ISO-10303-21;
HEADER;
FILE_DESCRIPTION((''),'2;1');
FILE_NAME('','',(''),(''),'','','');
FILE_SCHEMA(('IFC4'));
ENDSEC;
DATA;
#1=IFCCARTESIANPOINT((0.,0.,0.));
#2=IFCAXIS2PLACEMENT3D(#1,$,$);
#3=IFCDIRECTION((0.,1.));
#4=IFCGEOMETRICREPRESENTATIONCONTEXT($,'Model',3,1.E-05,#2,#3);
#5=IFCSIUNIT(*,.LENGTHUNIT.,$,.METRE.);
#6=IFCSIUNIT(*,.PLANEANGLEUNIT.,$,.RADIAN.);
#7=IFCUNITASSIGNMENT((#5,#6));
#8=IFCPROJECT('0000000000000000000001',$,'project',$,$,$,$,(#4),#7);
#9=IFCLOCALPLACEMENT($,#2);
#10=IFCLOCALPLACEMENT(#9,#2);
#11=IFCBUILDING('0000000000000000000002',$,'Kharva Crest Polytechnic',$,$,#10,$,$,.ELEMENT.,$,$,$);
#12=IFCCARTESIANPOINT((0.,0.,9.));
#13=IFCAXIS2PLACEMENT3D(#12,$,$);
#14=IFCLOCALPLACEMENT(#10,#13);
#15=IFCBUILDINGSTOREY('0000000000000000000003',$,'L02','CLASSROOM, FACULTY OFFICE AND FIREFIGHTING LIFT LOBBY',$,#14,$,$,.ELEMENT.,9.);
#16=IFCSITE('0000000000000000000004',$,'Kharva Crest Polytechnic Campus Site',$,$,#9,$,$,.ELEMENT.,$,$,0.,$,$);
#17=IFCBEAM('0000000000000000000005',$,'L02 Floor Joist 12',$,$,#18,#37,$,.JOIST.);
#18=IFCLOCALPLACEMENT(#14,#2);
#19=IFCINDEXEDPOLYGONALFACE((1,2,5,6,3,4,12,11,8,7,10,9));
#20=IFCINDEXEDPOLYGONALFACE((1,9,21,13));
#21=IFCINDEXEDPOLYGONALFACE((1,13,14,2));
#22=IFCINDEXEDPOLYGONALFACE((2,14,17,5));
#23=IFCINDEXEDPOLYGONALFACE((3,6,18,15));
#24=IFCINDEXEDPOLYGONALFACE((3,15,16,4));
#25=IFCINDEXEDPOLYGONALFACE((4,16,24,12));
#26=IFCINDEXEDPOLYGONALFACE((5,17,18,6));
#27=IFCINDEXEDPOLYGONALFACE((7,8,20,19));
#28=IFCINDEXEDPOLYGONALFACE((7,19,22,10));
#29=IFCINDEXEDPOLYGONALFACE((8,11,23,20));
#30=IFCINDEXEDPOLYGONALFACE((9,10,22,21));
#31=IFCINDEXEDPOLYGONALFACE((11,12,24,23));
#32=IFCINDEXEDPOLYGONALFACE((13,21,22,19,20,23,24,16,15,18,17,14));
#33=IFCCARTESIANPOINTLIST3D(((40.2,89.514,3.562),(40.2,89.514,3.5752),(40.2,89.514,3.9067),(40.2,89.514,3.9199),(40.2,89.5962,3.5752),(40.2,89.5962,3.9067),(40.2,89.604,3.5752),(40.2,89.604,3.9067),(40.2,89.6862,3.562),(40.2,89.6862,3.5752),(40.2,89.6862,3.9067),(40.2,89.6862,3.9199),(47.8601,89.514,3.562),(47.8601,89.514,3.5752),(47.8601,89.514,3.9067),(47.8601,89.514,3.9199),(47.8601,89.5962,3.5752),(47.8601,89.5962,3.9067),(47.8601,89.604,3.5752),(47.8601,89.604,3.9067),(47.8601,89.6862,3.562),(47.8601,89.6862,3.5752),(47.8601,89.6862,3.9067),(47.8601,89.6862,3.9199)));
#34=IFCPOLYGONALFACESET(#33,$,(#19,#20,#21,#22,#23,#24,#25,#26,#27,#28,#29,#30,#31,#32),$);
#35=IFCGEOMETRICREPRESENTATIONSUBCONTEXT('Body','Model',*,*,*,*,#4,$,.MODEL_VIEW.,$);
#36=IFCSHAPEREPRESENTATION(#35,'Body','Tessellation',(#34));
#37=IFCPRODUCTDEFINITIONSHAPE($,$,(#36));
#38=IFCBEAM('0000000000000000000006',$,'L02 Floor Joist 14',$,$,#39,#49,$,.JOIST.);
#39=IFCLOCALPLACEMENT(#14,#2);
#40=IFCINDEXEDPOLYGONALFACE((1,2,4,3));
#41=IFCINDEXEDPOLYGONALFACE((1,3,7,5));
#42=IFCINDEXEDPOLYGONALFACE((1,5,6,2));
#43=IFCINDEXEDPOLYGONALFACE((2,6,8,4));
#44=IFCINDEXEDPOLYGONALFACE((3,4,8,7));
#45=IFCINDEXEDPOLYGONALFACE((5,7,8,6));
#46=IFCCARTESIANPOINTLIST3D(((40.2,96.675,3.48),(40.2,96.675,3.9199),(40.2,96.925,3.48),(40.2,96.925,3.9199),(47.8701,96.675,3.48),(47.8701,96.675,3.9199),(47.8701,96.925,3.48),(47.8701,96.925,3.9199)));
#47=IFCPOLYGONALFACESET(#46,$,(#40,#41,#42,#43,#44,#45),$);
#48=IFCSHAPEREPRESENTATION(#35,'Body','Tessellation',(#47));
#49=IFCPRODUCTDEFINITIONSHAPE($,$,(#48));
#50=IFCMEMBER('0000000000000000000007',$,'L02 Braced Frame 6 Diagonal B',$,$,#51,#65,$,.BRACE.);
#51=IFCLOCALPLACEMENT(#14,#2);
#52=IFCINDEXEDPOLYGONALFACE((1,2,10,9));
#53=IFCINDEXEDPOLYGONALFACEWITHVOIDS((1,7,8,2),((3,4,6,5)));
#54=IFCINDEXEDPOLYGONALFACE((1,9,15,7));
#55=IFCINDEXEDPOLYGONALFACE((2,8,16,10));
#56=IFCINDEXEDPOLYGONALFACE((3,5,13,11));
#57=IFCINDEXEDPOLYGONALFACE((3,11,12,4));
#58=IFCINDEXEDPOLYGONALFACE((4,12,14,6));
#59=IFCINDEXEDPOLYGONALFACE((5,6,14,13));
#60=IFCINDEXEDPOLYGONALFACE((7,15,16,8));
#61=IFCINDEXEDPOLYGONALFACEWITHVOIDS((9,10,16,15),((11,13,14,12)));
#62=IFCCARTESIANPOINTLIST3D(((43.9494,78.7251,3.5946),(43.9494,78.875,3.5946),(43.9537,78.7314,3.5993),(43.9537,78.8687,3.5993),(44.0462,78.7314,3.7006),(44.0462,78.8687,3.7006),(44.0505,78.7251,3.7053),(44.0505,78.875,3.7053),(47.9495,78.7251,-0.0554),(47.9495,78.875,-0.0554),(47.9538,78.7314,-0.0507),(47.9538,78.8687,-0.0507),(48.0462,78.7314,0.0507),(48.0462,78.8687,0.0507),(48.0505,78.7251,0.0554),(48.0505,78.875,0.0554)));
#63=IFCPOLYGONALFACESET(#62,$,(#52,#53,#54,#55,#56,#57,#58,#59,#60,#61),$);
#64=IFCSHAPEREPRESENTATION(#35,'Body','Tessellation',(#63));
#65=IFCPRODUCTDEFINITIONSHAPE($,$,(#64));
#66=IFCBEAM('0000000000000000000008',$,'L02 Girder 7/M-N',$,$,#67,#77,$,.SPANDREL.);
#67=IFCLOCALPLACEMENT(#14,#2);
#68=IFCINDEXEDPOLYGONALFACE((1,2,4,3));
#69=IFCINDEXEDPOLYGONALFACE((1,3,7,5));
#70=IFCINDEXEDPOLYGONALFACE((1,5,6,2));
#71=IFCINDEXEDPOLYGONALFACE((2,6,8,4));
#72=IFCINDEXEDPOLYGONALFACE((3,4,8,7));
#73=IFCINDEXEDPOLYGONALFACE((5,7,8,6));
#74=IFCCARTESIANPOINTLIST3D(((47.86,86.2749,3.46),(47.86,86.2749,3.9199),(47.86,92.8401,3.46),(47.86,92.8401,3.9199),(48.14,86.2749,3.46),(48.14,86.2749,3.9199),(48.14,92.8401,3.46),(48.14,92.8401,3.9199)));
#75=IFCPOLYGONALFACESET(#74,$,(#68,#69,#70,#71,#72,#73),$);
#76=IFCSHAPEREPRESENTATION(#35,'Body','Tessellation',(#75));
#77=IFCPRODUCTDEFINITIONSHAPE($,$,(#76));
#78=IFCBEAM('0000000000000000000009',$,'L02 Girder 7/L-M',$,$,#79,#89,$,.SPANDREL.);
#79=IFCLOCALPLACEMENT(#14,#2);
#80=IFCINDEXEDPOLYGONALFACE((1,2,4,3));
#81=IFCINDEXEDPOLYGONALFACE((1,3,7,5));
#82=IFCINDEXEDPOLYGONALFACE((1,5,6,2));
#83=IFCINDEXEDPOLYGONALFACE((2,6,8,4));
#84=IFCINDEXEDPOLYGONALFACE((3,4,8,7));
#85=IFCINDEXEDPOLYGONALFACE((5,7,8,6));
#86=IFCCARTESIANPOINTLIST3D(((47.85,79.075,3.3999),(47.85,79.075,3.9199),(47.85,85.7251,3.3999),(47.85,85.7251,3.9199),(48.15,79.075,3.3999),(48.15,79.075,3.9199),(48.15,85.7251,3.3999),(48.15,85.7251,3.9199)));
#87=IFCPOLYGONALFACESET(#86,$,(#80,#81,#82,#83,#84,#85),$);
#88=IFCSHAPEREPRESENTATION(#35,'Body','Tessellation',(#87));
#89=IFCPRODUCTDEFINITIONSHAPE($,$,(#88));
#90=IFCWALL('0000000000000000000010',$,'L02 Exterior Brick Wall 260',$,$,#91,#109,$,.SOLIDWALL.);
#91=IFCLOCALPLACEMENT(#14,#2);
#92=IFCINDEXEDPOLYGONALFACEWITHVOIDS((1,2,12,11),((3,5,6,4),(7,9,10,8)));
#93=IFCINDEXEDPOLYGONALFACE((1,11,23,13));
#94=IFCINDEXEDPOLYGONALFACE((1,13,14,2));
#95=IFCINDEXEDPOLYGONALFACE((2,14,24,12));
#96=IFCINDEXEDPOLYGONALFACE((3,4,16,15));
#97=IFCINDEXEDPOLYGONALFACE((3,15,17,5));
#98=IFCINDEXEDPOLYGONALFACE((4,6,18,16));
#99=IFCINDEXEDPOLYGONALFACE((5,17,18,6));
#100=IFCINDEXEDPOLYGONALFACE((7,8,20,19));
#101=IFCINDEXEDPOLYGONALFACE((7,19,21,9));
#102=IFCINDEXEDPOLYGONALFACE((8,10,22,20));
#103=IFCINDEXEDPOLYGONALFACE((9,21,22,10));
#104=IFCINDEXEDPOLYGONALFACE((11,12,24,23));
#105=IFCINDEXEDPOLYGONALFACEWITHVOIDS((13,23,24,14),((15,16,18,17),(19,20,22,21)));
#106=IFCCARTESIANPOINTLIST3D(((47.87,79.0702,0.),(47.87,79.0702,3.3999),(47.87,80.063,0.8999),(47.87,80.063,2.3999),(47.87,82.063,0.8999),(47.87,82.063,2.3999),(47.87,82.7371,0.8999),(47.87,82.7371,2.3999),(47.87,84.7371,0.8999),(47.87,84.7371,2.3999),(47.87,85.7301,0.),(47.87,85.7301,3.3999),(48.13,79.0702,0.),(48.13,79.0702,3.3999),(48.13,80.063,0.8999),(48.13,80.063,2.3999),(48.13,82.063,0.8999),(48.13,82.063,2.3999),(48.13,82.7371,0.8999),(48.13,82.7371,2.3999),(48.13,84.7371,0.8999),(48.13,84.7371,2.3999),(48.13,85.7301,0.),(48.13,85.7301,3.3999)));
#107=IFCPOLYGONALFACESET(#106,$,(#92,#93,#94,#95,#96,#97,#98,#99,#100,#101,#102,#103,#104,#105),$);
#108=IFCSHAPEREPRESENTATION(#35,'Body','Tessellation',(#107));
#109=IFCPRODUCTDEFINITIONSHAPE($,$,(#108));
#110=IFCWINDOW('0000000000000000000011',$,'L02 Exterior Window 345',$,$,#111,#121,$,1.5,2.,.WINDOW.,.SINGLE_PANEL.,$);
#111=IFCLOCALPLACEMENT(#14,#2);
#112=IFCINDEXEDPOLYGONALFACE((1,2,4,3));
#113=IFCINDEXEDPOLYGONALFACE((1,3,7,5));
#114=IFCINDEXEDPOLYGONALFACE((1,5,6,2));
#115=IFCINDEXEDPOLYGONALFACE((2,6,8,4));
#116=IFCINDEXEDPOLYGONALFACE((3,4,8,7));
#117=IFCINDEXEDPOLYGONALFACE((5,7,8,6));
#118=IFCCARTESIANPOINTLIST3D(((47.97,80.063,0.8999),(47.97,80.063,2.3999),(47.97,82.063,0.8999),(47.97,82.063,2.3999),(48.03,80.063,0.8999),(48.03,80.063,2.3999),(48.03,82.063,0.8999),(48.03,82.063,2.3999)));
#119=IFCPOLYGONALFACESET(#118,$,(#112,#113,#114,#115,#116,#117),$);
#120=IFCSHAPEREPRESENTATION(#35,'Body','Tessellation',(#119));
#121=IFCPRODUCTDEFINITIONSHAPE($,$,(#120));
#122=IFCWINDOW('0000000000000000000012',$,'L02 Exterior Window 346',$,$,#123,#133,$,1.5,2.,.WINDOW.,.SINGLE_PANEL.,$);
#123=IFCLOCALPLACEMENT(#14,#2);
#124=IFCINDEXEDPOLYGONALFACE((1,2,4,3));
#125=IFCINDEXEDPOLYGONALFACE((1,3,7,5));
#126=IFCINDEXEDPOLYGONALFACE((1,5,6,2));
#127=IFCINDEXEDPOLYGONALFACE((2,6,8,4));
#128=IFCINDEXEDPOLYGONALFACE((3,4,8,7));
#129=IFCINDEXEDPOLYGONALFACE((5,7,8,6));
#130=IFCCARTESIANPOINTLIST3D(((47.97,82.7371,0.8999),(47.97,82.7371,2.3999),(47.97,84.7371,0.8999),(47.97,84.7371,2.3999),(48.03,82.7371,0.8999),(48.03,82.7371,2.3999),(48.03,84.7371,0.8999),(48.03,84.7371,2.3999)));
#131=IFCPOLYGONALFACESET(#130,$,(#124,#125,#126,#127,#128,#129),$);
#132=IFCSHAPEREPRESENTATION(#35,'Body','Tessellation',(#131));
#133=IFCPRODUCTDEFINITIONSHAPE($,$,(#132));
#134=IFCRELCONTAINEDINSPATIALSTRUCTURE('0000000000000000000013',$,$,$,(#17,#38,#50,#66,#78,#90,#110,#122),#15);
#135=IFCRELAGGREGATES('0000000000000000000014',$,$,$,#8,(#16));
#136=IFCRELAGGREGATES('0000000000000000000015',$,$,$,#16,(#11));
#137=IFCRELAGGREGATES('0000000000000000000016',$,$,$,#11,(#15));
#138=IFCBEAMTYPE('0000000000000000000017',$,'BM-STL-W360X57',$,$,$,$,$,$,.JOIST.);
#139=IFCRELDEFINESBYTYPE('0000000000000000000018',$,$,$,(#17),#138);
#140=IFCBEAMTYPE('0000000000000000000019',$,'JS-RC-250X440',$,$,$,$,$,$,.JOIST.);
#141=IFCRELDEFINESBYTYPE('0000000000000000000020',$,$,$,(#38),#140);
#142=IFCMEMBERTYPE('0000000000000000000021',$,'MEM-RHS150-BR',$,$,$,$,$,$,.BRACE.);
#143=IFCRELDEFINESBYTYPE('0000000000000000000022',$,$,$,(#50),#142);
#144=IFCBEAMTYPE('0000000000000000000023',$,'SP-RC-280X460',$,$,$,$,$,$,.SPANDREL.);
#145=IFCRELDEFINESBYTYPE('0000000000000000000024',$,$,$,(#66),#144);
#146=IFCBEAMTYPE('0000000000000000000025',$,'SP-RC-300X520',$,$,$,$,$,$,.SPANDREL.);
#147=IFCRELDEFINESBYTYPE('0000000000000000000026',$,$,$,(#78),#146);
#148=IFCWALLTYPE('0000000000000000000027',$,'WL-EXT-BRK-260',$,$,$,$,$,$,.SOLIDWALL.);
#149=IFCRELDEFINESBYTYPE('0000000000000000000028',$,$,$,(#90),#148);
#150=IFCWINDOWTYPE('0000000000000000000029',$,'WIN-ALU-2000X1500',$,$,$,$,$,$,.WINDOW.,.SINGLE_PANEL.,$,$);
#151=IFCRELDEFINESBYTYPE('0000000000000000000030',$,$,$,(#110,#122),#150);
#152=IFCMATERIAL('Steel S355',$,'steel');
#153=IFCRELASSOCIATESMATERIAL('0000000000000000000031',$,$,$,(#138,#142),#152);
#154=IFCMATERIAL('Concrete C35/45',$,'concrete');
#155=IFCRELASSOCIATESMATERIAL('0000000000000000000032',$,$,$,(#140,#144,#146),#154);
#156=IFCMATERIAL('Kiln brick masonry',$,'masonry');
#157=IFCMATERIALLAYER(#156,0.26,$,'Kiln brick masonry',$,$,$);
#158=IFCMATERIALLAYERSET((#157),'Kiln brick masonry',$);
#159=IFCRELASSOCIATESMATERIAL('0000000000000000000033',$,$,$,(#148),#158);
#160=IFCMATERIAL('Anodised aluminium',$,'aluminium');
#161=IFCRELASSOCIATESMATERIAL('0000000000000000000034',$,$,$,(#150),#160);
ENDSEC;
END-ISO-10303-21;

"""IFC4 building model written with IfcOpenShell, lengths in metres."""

from ifc_helpers import new_model, si_unit, direction, frame, frame_2d, origin, origin_2d, place, context, subcontext, project, spatial, rectangle, hollow_rectangle, i_section, extrude, material, layer, layer_set, material_profile, profile_set, type_object, element, fill, save


model = new_model("IFC4")

# Units and contexts
model_context = context("Model", 3, precision=1e-05, world=origin(), true_north=direction((0.0, 1.0)))
body_context = subcontext(model_context, "Body", "Model", "MODEL_VIEW")
ifc_project = project(units=[si_unit("LENGTHUNIT", "METRE"), si_unit("PLANEANGLEUNIT", "RADIAN")], contexts=[model_context])

# Site, building, storey
site_placement = place(None, origin())
site = spatial("IfcSite", under=ifc_project, at=site_placement, Name="Kharva Crest Polytechnic Campus Site", CompositionType="ELEMENT", RefElevation=0.0)
building_placement = place(site_placement, origin())
building = spatial("IfcBuilding", under=site, at=building_placement, Name="Kharva Crest Polytechnic", CompositionType="ELEMENT")
storey_placement = place(building_placement, frame((0.0, 0.0, 9.0)))
storey = spatial("IfcBuildingStorey", under=building, at=storey_placement, Name="L02", Description="CLASSROOM, FACULTY OFFICE AND FIREFIGHTING LIFT LOBBY", CompositionType="ELEMENT", Elevation=9.0)

# Beams
ifc_material_1 = material(Name="Concrete C35/45", Category="concrete")
ifc_material_2 = material(Name="Steel S355", Category="steel")
ifc_material_profile_1 = material_profile(ifc_material_2, i_section(OverallWidth=0.1721, OverallDepth=0.3579, WebThickness=0.0078, FlangeThickness=0.0132, at=origin_2d()), Name="W360X57.8")
ifc_profile_set_1 = profile_set([ifc_material_profile_1], Name="Steel S355")
beam_type_1 = type_object("IfcBeamType", Name="BM-STL-W360X57", PredefinedType="JOIST", material=ifc_profile_set_1)
beam_1_placement = place(storey_placement, frame((40.2, 89.6001, 3.741), z_axis=(1.0, 0.0, 0.0), x_axis=(0.0, 1.0, 0.0)))
element("IfcBeam", 1, at=beam_1_placement, inside=storey, type_object=beam_type_1, Name="L02 Floor Joist 12", PredefinedType="JOIST", context=body_context, shape_type="SweptSolid", body=[
    extrude(i_section(OverallWidth=0.1721, OverallDepth=0.3579, WebThickness=0.0078, FlangeThickness=0.0132, at=origin_2d()), origin(), (0.0, 0.0, 1.0), 7.6602),
])
ifc_material_profile_2 = material_profile(ifc_material_1, rectangle(XDim=0.25, YDim=0.4399, at=origin_2d()), Name="RECT 250 X 440")
ifc_profile_set_2 = profile_set([ifc_material_profile_2], Name="Concrete C35/45")
beam_type_2 = type_object("IfcBeamType", Name="JS-RC-250X440", PredefinedType="JOIST", material=ifc_profile_set_2)
beam_2_placement = place(storey_placement, frame((40.2, 96.8, 3.7), z_axis=(1.0, 0.0, 0.0), x_axis=(0.0, 1.0, 0.0)))
element("IfcBeam", 2, at=beam_2_placement, inside=storey, type_object=beam_type_2, Name="L02 Floor Joist 14", PredefinedType="JOIST", context=body_context, shape_type="SweptSolid", body=[
    extrude(rectangle(XDim=0.25, YDim=0.4399, at=origin_2d()), origin(), (0.0, 0.0, 1.0), 7.6702),
])

# Member
ifc_material_profile_3 = material_profile(ifc_material_2, hollow_rectangle(XDim=0.1499, YDim=0.1499, WallThickness=0.0063, at=origin_2d()), Name="RHS 150X150X6.3")
ifc_profile_set_3 = profile_set([ifc_material_profile_3], Name="Steel S355")
member_type = type_object("IfcMemberType", Name="MEM-RHS150-BR", PredefinedType="BRACE", material=ifc_profile_set_3)
member_placement = place(storey_placement, frame((48.0, 78.8, 0.0), z_axis=(-0.738694, 0.0, 0.674041), x_axis=(0.0, -1.0, 0.0)))
element("IfcMember", 3, at=member_placement, inside=storey, type_object=member_type, Name="L02 Braced Frame 6 Diagonal B", PredefinedType="BRACE", context=body_context, shape_type="SweptSolid", body=[
    extrude(hollow_rectangle(XDim=0.1499, YDim=0.1499, WallThickness=0.0063, at=origin_2d()), origin(), (0.0, 0.0, 1.0), 5.415),
])

# Beams
ifc_material_profile_4 = material_profile(ifc_material_1, rectangle(XDim=0.28, YDim=0.46, at=origin_2d()), Name="RECT 280 X 460")
ifc_profile_set_4 = profile_set([ifc_material_profile_4], Name="Concrete C35/45")
beam_type_3 = type_object("IfcBeamType", Name="SP-RC-280X460", PredefinedType="SPANDREL", material=ifc_profile_set_4)
beam_3_placement = place(storey_placement, frame((48.0, 86.2749, 3.6899), z_axis=(0.0, 1.0, 0.0), x_axis=(-1.0, 0.0, 0.0)))
element("IfcBeam", 4, at=beam_3_placement, inside=storey, type_object=beam_type_3, Name="L02 Girder 7/M-N", PredefinedType="SPANDREL", context=body_context, shape_type="SweptSolid", body=[
    extrude(rectangle(XDim=0.28, YDim=0.46, at=origin_2d()), origin(), (0.0, 0.0, 1.0), 6.5652),
])
ifc_material_profile_5 = material_profile(ifc_material_1, rectangle(XDim=0.3, YDim=0.52, at=origin_2d()), Name="RECT 300 X 520")
ifc_profile_set_5 = profile_set([ifc_material_profile_5], Name="Concrete C35/45")
beam_type_4 = type_object("IfcBeamType", Name="SP-RC-300X520", PredefinedType="SPANDREL", material=ifc_profile_set_5)
beam_4_placement = place(storey_placement, frame((48.0, 79.075, 3.6599), z_axis=(0.0, 1.0, 0.0), x_axis=(-1.0, 0.0, 0.0)))
element("IfcBeam", 5, at=beam_4_placement, inside=storey, type_object=beam_type_4, Name="L02 Girder 7/L-M", PredefinedType="SPANDREL", context=body_context, shape_type="SweptSolid", body=[
    extrude(rectangle(XDim=0.3, YDim=0.52, at=origin_2d()), origin(), (0.0, 0.0, 1.0), 6.6501),
])

# Wall, openings, windows
ifc_material_3 = material(Name="Kiln brick masonry", Category="masonry")
ifc_layer_1 = layer(ifc_material_3, 0.26, Name="Kiln brick masonry")
ifc_layer_set_1 = layer_set([ifc_layer_1], Name="Kiln brick masonry")
wall_type_1 = type_object("IfcWallType", Name="WL-EXT-BRK-260", PredefinedType="SOLIDWALL", material=ifc_layer_set_1)
wall_1_placement = place(storey_placement, frame((48.0, 79.0701, 0.0), z_axis=(0.0, 0.0, 1.0), x_axis=(0.0, 1.0, 0.0)))
wall_1 = element("IfcWall", 6, at=wall_1_placement, inside=storey, type_object=wall_type_1, Name="L02 Exterior Brick Wall 260", PredefinedType="SOLIDWALL", context=body_context, shape_type="SweptSolid", body=[
    extrude(rectangle(XDim=6.6599, YDim=0.26, at=frame_2d((3.3301, 0.0))), origin(), (0.0, 0.0, 1.0), 3.3999),
])
opening_1_placement = place(wall_1_placement, frame((0.9929, 0.0, 0.8999)))
opening_1 = element("IfcOpeningElement", 7, at=opening_1_placement, cuts=wall_1, PredefinedType="OPENING", context=body_context, shape_type="SweptSolid", body=[
    extrude(rectangle(XDim=2.0, YDim=1.5, at=frame_2d((1.0, 0.75))), frame((0.0, 0.1399, 0.0), z_axis=(0.0, -1.0, 0.0), x_axis=(1.0, 0.0, 0.0)), (0.0, 0.0, 1.0), 0.28),
])
opening_2_placement = place(wall_1_placement, frame((3.667, 0.0, 0.8999)))
opening_2 = element("IfcOpeningElement", 8, at=opening_2_placement, cuts=wall_1, PredefinedType="OPENING", context=body_context, shape_type="SweptSolid", body=[
    extrude(rectangle(XDim=2.0, YDim=1.5, at=frame_2d((1.0, 0.75))), frame((0.0, 0.1399, 0.0), z_axis=(0.0, -1.0, 0.0), x_axis=(1.0, 0.0, 0.0)), (0.0, 0.0, 1.0), 0.28),
])
ifc_material_4 = material(Name="Anodised aluminium", Category="aluminium")
window_type_1 = type_object("IfcWindowType", Name="WIN-ALU-2000X1500", PartitioningType="SINGLE_PANEL", PredefinedType="WINDOW", material=ifc_material_4)
window_1_placement = place(opening_1_placement, origin())
window_1 = element("IfcWindow", 9, at=window_1_placement, inside=storey, type_object=window_type_1, Name="L02 Exterior Window 345", OverallHeight=1.5, OverallWidth=2.0, PartitioningType="SINGLE_PANEL", PredefinedType="WINDOW", context=body_context, shape_type="SweptSolid", body=[
    extrude(rectangle(XDim=2.0, YDim=1.5, at=frame_2d((1.0, 0.75))), frame((0.0, 0.03, 0.0), z_axis=(0.0, -1.0, 0.0), x_axis=(1.0, 0.0, 0.0)), (0.0, 0.0, 1.0), 0.0601),
])
fill(opening_1, window_1)
window_2_placement = place(opening_2_placement, origin())
window_2 = element("IfcWindow", 10, at=window_2_placement, inside=storey, type_object=window_type_1, Name="L02 Exterior Window 346", OverallHeight=1.5, OverallWidth=2.0, PartitioningType="SINGLE_PANEL", PredefinedType="WINDOW", context=body_context, shape_type="SweptSolid", body=[
    extrude(rectangle(XDim=2.0, YDim=1.5, at=frame_2d((1.0, 0.75))), frame((0.0, 0.03, 0.0), z_axis=(0.0, -1.0, 0.0), x_axis=(1.0, 0.0, 0.0)), (0.0, 0.0, 1.0), 0.0601),
])
fill(opening_2, window_2)

save(model, "model.ifc")
